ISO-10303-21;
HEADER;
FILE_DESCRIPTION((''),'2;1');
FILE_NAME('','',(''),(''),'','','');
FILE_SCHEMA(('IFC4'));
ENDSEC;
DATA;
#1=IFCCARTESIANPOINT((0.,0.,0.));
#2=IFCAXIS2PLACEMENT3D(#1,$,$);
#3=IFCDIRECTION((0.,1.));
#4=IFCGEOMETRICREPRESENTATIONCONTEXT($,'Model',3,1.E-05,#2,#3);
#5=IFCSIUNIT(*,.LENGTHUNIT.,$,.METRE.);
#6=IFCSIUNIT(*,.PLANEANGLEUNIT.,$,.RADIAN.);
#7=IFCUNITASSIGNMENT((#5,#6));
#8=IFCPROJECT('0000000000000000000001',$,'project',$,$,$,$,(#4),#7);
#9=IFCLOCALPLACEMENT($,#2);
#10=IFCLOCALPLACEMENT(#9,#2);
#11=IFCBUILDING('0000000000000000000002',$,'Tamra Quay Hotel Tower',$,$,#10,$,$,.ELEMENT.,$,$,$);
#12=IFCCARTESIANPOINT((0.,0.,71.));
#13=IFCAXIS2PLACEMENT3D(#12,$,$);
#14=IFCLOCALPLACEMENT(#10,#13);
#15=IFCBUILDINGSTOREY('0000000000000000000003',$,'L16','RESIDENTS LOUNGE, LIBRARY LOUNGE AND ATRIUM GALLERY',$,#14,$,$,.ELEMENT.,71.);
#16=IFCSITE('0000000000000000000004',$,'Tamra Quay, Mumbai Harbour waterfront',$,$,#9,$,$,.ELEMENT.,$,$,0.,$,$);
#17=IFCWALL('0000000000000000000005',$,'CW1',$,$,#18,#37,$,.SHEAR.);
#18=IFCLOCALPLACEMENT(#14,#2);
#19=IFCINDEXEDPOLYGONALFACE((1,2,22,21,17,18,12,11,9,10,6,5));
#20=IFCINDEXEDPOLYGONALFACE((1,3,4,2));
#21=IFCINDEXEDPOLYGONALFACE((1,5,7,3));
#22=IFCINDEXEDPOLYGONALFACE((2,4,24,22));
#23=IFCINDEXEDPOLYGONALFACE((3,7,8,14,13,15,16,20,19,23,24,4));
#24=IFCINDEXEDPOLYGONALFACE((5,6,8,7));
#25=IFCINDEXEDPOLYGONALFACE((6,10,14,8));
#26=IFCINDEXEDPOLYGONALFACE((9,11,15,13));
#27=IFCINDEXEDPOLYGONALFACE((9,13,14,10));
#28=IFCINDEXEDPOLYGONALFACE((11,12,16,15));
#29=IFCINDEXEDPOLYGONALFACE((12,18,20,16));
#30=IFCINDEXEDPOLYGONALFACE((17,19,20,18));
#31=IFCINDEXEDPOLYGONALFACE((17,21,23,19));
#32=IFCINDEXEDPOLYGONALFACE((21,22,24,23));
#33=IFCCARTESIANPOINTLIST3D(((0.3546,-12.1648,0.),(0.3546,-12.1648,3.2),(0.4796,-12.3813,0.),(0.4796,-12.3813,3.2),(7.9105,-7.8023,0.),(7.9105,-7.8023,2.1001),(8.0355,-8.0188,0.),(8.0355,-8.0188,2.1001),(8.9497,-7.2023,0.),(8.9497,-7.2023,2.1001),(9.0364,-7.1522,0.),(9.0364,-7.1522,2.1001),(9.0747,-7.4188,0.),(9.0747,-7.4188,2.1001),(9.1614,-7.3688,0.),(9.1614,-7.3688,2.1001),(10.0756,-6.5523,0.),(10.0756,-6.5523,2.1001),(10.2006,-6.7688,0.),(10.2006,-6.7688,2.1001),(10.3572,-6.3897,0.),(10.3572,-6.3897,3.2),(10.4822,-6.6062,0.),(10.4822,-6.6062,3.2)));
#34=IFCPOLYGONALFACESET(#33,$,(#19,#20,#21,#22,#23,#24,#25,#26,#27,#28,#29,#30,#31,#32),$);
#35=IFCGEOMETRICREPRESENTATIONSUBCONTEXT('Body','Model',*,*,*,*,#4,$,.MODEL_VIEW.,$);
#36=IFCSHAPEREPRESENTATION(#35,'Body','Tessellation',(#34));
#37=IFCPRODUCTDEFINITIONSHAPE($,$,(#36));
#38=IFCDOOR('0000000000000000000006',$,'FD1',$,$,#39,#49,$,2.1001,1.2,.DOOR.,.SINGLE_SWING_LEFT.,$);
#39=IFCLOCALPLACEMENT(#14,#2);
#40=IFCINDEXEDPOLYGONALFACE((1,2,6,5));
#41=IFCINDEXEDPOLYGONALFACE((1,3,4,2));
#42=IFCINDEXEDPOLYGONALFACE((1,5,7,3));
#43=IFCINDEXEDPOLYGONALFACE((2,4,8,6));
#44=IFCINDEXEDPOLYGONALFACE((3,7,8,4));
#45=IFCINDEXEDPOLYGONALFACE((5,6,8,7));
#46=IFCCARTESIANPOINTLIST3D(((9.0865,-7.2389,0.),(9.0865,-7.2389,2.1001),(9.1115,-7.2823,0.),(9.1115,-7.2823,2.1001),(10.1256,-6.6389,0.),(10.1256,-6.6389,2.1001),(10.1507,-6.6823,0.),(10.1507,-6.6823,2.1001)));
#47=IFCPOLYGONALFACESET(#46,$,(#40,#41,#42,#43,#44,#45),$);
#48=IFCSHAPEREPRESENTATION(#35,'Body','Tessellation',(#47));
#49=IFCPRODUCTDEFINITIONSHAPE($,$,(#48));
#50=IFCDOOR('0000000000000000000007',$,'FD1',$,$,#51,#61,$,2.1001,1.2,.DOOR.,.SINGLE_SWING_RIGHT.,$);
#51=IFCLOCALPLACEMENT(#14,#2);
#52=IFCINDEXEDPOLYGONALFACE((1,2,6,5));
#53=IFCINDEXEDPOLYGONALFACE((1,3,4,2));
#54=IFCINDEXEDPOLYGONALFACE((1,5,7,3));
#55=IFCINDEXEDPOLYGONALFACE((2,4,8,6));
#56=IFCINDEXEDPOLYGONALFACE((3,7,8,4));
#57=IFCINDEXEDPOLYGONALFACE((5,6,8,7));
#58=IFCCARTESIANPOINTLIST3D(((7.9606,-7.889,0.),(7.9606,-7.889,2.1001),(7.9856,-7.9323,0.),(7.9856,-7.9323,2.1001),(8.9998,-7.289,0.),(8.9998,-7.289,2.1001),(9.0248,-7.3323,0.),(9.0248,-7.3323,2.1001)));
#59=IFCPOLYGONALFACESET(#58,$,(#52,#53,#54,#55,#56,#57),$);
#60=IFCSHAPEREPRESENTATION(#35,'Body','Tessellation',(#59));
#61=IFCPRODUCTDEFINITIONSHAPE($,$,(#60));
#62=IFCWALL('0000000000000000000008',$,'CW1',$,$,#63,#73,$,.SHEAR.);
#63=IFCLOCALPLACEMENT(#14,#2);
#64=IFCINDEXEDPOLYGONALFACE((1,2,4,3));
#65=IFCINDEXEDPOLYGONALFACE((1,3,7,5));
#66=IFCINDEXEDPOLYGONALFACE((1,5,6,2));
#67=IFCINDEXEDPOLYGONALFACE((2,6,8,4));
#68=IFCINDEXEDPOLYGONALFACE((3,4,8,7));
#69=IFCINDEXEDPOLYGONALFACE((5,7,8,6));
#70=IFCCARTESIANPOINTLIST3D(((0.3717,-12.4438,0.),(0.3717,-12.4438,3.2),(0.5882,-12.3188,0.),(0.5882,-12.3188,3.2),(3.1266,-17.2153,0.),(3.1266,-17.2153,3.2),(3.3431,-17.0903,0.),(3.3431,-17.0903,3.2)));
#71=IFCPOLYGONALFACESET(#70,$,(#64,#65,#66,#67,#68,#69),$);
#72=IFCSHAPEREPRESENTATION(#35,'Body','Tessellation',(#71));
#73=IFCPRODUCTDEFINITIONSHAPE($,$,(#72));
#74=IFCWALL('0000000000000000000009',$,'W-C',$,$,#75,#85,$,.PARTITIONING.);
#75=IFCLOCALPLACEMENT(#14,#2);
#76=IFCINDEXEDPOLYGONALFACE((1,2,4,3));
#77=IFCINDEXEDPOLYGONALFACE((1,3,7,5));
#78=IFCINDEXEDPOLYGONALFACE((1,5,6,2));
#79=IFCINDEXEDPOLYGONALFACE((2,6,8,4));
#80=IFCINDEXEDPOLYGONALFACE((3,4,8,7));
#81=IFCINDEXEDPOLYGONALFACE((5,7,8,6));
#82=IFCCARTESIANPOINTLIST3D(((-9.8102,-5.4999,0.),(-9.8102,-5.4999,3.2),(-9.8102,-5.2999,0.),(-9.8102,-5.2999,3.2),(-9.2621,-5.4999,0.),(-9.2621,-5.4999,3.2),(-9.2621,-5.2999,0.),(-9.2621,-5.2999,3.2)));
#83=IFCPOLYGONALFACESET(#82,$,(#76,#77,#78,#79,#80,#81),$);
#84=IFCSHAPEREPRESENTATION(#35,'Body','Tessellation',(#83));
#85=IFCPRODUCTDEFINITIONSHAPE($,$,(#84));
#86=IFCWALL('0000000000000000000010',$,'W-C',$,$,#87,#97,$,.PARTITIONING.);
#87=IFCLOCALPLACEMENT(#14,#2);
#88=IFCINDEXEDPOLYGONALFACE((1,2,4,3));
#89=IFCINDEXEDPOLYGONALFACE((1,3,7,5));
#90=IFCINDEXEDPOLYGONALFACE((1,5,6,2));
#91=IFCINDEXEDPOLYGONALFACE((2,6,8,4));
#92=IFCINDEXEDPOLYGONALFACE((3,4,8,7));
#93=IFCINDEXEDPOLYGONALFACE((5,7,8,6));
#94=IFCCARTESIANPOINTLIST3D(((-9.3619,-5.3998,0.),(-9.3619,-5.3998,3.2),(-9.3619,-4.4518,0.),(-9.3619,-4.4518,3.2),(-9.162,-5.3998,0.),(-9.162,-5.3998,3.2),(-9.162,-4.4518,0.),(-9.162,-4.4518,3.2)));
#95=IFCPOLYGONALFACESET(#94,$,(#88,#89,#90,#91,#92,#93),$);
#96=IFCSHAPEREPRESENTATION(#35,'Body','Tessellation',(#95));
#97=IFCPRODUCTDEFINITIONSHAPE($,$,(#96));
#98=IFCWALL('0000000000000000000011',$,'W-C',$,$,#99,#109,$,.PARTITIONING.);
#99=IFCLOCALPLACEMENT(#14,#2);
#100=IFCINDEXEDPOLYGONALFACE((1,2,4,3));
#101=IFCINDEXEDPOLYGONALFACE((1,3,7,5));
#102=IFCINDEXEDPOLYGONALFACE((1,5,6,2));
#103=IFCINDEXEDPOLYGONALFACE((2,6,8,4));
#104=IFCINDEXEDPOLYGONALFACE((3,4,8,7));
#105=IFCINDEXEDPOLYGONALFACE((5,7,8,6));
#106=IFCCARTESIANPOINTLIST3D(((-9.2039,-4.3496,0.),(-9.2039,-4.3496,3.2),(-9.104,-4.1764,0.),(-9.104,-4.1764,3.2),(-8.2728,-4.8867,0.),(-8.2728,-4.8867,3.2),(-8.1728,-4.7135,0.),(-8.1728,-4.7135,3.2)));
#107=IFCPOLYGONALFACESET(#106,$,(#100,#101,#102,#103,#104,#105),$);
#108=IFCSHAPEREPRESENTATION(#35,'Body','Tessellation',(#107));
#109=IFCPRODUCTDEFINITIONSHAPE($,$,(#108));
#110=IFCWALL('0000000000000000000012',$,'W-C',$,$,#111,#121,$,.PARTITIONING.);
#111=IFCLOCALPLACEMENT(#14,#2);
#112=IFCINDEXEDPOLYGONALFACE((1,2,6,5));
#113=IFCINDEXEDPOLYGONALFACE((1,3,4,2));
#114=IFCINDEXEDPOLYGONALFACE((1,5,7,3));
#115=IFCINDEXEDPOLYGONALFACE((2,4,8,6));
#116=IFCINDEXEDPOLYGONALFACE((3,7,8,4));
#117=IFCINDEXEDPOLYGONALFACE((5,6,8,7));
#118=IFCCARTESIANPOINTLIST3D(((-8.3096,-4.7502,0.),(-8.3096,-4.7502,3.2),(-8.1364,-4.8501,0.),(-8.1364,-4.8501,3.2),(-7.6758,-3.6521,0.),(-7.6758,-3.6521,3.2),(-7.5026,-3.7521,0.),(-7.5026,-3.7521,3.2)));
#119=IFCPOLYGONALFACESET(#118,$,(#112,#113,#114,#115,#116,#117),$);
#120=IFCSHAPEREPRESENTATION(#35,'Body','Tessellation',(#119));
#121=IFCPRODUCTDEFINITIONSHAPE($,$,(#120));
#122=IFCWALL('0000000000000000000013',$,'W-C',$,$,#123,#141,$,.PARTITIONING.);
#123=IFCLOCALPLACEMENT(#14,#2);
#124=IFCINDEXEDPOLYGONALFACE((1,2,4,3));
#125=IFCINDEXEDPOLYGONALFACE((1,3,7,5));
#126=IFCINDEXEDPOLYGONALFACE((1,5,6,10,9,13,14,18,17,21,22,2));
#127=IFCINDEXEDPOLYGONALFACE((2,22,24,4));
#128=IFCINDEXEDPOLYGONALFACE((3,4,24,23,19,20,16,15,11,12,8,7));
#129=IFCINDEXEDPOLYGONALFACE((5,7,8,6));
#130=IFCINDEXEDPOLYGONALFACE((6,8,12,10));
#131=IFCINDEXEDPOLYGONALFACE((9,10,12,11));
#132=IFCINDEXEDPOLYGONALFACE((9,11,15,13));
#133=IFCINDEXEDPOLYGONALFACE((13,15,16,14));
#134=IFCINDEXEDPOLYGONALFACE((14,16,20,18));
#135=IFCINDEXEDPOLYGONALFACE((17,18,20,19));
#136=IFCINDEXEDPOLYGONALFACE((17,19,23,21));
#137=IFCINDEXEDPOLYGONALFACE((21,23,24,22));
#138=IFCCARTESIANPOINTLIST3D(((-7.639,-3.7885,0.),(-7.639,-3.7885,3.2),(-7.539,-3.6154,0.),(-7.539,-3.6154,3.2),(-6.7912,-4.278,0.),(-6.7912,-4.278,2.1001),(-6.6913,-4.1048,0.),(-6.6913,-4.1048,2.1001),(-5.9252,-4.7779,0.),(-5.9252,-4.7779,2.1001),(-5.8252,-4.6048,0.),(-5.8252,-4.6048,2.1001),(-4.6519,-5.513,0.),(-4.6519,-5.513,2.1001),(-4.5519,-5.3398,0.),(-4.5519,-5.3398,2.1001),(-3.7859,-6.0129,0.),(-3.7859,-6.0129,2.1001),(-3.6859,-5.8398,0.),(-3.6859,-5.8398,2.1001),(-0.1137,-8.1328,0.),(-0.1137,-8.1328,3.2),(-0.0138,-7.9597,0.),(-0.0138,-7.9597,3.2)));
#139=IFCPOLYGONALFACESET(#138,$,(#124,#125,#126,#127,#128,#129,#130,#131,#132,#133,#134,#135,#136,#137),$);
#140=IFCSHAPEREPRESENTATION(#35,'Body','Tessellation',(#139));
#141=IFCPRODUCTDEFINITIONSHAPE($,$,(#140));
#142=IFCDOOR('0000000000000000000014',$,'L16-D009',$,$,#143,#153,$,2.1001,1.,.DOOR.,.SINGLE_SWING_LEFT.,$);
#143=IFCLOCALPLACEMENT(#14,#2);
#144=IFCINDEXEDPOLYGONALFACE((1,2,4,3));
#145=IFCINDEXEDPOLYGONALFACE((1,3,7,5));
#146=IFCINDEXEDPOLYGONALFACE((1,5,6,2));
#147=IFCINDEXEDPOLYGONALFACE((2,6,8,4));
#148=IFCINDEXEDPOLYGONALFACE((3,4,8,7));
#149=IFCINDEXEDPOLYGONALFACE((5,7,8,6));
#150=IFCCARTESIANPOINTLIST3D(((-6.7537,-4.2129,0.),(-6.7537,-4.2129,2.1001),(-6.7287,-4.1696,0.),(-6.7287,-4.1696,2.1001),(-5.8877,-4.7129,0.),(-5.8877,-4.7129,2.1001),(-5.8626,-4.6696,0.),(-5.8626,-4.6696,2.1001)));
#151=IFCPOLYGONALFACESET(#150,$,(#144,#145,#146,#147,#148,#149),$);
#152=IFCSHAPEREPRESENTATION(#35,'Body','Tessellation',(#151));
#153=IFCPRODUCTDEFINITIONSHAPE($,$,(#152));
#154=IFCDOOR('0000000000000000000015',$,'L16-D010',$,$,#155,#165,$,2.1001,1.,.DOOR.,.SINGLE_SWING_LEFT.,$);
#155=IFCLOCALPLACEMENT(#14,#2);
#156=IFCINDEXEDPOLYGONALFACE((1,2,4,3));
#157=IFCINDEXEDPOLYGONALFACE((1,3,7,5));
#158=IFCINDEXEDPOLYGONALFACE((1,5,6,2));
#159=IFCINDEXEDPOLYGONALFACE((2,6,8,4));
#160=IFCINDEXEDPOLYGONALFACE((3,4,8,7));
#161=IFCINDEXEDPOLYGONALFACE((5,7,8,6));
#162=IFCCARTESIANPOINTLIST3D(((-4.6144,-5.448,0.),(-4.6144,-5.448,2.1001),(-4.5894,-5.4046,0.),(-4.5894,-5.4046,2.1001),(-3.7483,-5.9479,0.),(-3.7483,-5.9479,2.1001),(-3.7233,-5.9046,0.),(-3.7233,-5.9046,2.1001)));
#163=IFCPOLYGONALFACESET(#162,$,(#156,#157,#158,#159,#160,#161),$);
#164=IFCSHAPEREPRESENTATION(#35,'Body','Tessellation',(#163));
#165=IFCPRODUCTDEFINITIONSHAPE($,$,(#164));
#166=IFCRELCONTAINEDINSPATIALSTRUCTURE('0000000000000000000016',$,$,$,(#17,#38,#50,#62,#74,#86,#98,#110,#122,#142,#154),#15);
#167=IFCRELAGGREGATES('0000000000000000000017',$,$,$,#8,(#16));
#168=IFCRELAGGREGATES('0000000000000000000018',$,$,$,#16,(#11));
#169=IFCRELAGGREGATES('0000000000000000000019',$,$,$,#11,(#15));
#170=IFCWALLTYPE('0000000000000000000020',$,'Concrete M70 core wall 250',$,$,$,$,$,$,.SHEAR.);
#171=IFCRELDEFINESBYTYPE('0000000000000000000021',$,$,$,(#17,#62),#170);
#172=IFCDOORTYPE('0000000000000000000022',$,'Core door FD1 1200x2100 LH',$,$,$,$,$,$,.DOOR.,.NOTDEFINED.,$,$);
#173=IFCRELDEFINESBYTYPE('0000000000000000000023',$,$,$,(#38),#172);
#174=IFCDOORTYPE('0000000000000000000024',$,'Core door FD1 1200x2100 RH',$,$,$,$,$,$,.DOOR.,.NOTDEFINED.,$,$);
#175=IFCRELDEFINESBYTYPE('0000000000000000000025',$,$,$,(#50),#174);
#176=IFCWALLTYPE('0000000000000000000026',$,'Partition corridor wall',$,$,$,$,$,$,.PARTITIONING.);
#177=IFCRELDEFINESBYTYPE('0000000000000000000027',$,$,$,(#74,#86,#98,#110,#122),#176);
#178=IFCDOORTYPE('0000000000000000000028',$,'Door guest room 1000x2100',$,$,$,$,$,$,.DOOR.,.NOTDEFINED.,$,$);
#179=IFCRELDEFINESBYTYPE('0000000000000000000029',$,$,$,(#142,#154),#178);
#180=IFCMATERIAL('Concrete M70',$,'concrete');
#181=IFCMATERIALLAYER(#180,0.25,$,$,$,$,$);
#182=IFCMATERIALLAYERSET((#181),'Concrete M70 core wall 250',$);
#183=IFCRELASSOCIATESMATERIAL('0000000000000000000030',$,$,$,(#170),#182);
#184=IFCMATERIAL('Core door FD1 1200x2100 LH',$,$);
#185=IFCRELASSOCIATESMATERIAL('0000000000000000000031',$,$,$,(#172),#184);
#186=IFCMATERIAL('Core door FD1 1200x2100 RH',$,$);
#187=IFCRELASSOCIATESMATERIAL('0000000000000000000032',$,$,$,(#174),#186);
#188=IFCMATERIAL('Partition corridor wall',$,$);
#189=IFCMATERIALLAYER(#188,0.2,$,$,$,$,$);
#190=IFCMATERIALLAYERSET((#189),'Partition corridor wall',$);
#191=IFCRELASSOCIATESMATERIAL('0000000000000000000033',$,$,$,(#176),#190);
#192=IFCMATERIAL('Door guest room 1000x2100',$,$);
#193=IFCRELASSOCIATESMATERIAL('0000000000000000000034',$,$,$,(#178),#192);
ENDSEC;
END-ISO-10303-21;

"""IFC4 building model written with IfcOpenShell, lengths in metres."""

from ifc_helpers import new_model, si_unit, direction, frame, frame_2d, origin, place, context, subcontext, project, spatial, rectangle, extrude, material, layer, layer_set, type_object, element, fill, save


model = new_model("IFC4")

# Units and contexts
model_context = context("Model", 3, precision=1e-05, world=origin(), true_north=direction((0.0, 1.0)))
body_context = subcontext(model_context, "Body", "Model", "MODEL_VIEW")
ifc_project = project(units=[si_unit("LENGTHUNIT", "METRE"), si_unit("PLANEANGLEUNIT", "RADIAN")], contexts=[model_context])

# Site, building, storey
site_placement = place(None, origin())
site = spatial("IfcSite", under=ifc_project, at=site_placement, Name="Tamra Quay, Mumbai Harbour waterfront", CompositionType="ELEMENT", RefElevation=0.0)
building_placement = place(site_placement, origin())
building = spatial("IfcBuilding", under=site, at=building_placement, Name="Tamra Quay Hotel Tower", CompositionType="ELEMENT")
storey_placement = place(building_placement, frame((0.0, 0.0, 71.0)))
storey = spatial("IfcBuildingStorey", under=building, at=storey_placement, Name="L16", Description="RESIDENTS LOUNGE, LIBRARY LOUNGE AND ATRIUM GALLERY", CompositionType="ELEMENT", Elevation=71.0)

# Shared definitions
ifc_material_1 = material(Name="Concrete M70", Category="concrete")

# Shared definitions
ifc_layer_1 = layer(ifc_material_1, 0.25)
ifc_layer_set_1 = layer_set([ifc_layer_1], Name="Concrete M70 core wall 250")
wall_type_1 = type_object("IfcWallType", Name="Concrete M70 core wall 250", PredefinedType="SHEAR", material=ifc_layer_set_1)

# Wall, openings, doors
wall_1_placement = place(storey_placement, frame((0.4172, -12.2729, 0.0), z_axis=(0.0, 0.0, 1.0), x_axis=(0.866022, 0.500006, 0.0)))
wall_1 = element("IfcWall", 1, at=wall_1_placement, inside=storey, type_object=wall_type_1, Name="CW1", PredefinedType="SHEAR", context=body_context, shape_type="SweptSolid", body=[
    extrude(rectangle(XDim=11.55, YDim=0.25, at=frame_2d((5.7749, 0.0))), origin(), (0.0, 0.0, 1.0), 3.2),
])
opening_1_placement = place(wall_1_placement, frame((10.0247, 0.0, 0.0)))
opening_1 = element("IfcOpeningElement", 2, at=opening_1_placement, cuts=wall_1, PredefinedType="OPENING", context=body_context, shape_type="SweptSolid", body=[
    extrude(rectangle(XDim=1.2, YDim=2.1001, at=frame_2d((0.6001, 1.05))), frame((0.0, 0.135, 0.0), z_axis=(0.0, -1.0, 0.0), x_axis=(1.0, 0.0, 0.0)), (0.0, 0.0, 1.0), 0.27),
])
opening_2_placement = place(wall_1_placement, frame((8.7246, 0.0, 0.0)))
opening_2 = element("IfcOpeningElement", 3, at=opening_2_placement, cuts=wall_1, PredefinedType="OPENING", context=body_context, shape_type="SweptSolid", body=[
    extrude(rectangle(XDim=1.2, YDim=2.1001, at=frame_2d((0.6001, 1.05))), frame((0.0, 0.135, 0.0), z_axis=(0.0, -1.0, 0.0), x_axis=(1.0, 0.0, 0.0)), (0.0, 0.0, 1.0), 0.27),
])
ifc_material_2 = material(Name="Core door FD1 1200x2100 LH")
door_type_1 = type_object("IfcDoorType", Name="Core door FD1 1200x2100 LH", OperationType="NOTDEFINED", PredefinedType="DOOR", material=ifc_material_2)
door_1_placement = place(opening_1_placement, origin())
door_1 = element("IfcDoor", 4, at=door_1_placement, inside=storey, type_object=door_type_1, Name="FD1", OperationType="SINGLE_SWING_LEFT", OverallHeight=2.1001, OverallWidth=1.2, PredefinedType="DOOR", context=body_context, shape_type="SweptSolid", body=[
    extrude(rectangle(XDim=1.2, YDim=2.1001, at=frame_2d((0.6001, 1.05))), frame((0.0, 0.0249, 0.0), z_axis=(0.0, -1.0, 0.0), x_axis=(1.0, 0.0, 0.0)), (0.0, 0.0, 1.0), 0.05),
])
fill(opening_1, door_1)
ifc_material_3 = material(Name="Core door FD1 1200x2100 RH")
door_type_2 = type_object("IfcDoorType", Name="Core door FD1 1200x2100 RH", OperationType="NOTDEFINED", PredefinedType="DOOR", material=ifc_material_3)
door_2_placement = place(opening_2_placement, origin())
door_2 = element("IfcDoor", 5, at=door_2_placement, inside=storey, type_object=door_type_2, Name="FD1", OperationType="SINGLE_SWING_RIGHT", OverallHeight=2.1001, OverallWidth=1.2, PredefinedType="DOOR", context=body_context, shape_type="SweptSolid", body=[
    extrude(rectangle(XDim=1.2, YDim=2.1001, at=frame_2d((0.6001, 1.05))), frame((0.0, 0.0249, 0.0), z_axis=(0.0, -1.0, 0.0), x_axis=(1.0, 0.0, 0.0)), (0.0, 0.0, 1.0), 0.05),
])
fill(opening_2, door_2)

# Walls
wall_2_placement = place(storey_placement, frame((3.2349, -17.1528, 0.0), z_axis=(0.0, 0.0, 1.0), x_axis=(-0.500009, 0.86602, 0.0)))
element("IfcWall", 6, at=wall_2_placement, inside=storey, type_object=wall_type_1, Name="CW1", PredefinedType="SHEAR", context=body_context, shape_type="SweptSolid", body=[
    extrude(rectangle(XDim=5.5098, YDim=0.25, at=frame_2d((2.7549, 0.0))), origin(), (0.0, 0.0, 1.0), 3.2),
])
ifc_material_4 = material(Name="Partition corridor wall")
ifc_layer_2 = layer(ifc_material_4, 0.2)
ifc_layer_set_2 = layer_set([ifc_layer_2], Name="Partition corridor wall")
wall_type_2 = type_object("IfcWallType", Name="Partition corridor wall", PredefinedType="PARTITIONING", material=ifc_layer_set_2)
wall_3_placement = place(storey_placement, frame((-9.8101, -5.3999, 0.0), z_axis=(0.0, 0.0, 1.0), x_axis=(1.0, 0.0, 0.0)))
element("IfcWall", 7, at=wall_3_placement, inside=storey, type_object=wall_type_2, Name="W-C", PredefinedType="PARTITIONING", context=body_context, shape_type="SweptSolid", body=[
    extrude(rectangle(XDim=0.5481, YDim=0.2, at=frame_2d((0.2739, 0.0))), origin(), (0.0, 0.0, 1.0), 3.2),
])
wall_4_placement = place(storey_placement, frame((-9.262, -5.3999, 0.0), z_axis=(0.0, 0.0, 1.0), x_axis=(0.0, 1.0, 0.0)))
element("IfcWall", 8, at=wall_4_placement, inside=storey, type_object=wall_type_2, Name="W-C", PredefinedType="PARTITIONING", context=body_context, shape_type="SweptSolid", body=[
    extrude(rectangle(XDim=0.948, YDim=0.2, at=frame_2d((0.4741, 0.0))), origin(), (0.0, 0.0, 1.0), 3.2),
])
wall_5_placement = place(storey_placement, frame((-9.1541, -4.2629, 0.0), z_axis=(0.0, 0.0, 1.0), x_axis=(0.866223, -0.499657, 0.0)))
element("IfcWall", 9, at=wall_5_placement, inside=storey, type_object=wall_type_2, Name="W-C", PredefinedType="PARTITIONING", context=body_context, shape_type="SweptSolid", body=[
    extrude(rectangle(XDim=1.075, YDim=0.2, at=frame_2d((0.5376, 0.0))), origin(), (0.0, 0.0, 1.0), 3.2),
])
wall_6_placement = place(storey_placement, frame((-8.2229, -4.8, 0.0), z_axis=(0.0, 0.0, 1.0), x_axis=(0.499867, 0.866102, 0.0)))
element("IfcWall", 10, at=wall_6_placement, inside=storey, type_object=wall_type_2, Name="W-C", PredefinedType="PARTITIONING", context=body_context, shape_type="SweptSolid", body=[
    extrude(rectangle(XDim=1.2678, YDim=0.2, at=frame_2d((0.6338, 0.0))), origin(), (0.0, 0.0, 1.0), 3.2),
])

# Wall, openings, doors
wall_7_placement = place(storey_placement, frame((-7.5891, -3.7019, 0.0), z_axis=(0.0, 0.0, 1.0), x_axis=(0.866046, -0.499965, 0.0)))
wall_7 = element("IfcWall", 11, at=wall_7_placement, inside=storey, type_object=wall_type_2, Name="W-C", PredefinedType="PARTITIONING", context=body_context, shape_type="SweptSolid", body=[
    extrude(rectangle(XDim=8.6892, YDim=0.2, at=frame_2d((4.3447, 0.0))), origin(), (0.0, 0.0, 1.0), 3.2),
])
opening_3_placement = place(wall_7_placement, frame((0.979, 0.0, 0.0)))
opening_3 = element("IfcOpeningElement", 12, at=opening_3_placement, cuts=wall_7, PredefinedType="OPENING", context=body_context, shape_type="SweptSolid", body=[
    extrude(rectangle(XDim=1.0, YDim=2.1001, at=frame_2d((0.5, 1.05))), frame((0.0, 0.1099, 0.0), z_axis=(0.0, -1.0, 0.0), x_axis=(1.0, 0.0, 0.0)), (0.0, 0.0, 1.0), 0.22),
])
opening_4_placement = place(wall_7_placement, frame((3.4492, 0.0, 0.0)))
opening_4 = element("IfcOpeningElement", 13, at=opening_4_placement, cuts=wall_7, PredefinedType="OPENING", context=body_context, shape_type="SweptSolid", body=[
    extrude(rectangle(XDim=1.0, YDim=2.1001, at=frame_2d((0.5, 1.05))), frame((0.0, 0.1099, 0.0), z_axis=(0.0, -1.0, 0.0), x_axis=(1.0, 0.0, 0.0)), (0.0, 0.0, 1.0), 0.22),
])
ifc_material_5 = material(Name="Door guest room 1000x2100")
door_type_3 = type_object("IfcDoorType", Name="Door guest room 1000x2100", OperationType="NOTDEFINED", PredefinedType="DOOR", material=ifc_material_5)
door_3_placement = place(opening_3_placement, frame((1.0, 0.0, 0.0), z_axis=(0.0, 0.0, 1.0), x_axis=(-1.0, 0.0, 0.0)))
door_3 = element("IfcDoor", 14, at=door_3_placement, inside=storey, type_object=door_type_3, Name="L16-D009", OperationType="SINGLE_SWING_LEFT", OverallHeight=2.1001, OverallWidth=1.0, PredefinedType="DOOR", context=body_context, shape_type="SweptSolid", body=[
    extrude(rectangle(XDim=1.0, YDim=2.1001, at=frame_2d((0.5, 1.05))), frame((0.0, 0.0249, 0.0), z_axis=(0.0, -1.0, 0.0), x_axis=(1.0, 0.0, 0.0)), (0.0, 0.0, 1.0), 0.05),
])
fill(opening_3, door_3)
door_4_placement = place(opening_4_placement, frame((1.0, 0.0, 0.0), z_axis=(0.0, 0.0, 1.0), x_axis=(-1.0, 0.0, 0.0)))
door_4 = element("IfcDoor", 15, at=door_4_placement, inside=storey, type_object=door_type_3, Name="L16-D010", OperationType="SINGLE_SWING_LEFT", OverallHeight=2.1001, OverallWidth=1.0, PredefinedType="DOOR", context=body_context, shape_type="SweptSolid", body=[
    extrude(rectangle(XDim=1.0, YDim=2.1001, at=frame_2d((0.5, 1.05))), frame((0.0, 0.0249, 0.0), z_axis=(0.0, -1.0, 0.0), x_axis=(1.0, 0.0, 0.0)), (0.0, 0.0, 1.0), 0.05),
])
fill(opening_4, door_4)

save(model, "model.ifc")
